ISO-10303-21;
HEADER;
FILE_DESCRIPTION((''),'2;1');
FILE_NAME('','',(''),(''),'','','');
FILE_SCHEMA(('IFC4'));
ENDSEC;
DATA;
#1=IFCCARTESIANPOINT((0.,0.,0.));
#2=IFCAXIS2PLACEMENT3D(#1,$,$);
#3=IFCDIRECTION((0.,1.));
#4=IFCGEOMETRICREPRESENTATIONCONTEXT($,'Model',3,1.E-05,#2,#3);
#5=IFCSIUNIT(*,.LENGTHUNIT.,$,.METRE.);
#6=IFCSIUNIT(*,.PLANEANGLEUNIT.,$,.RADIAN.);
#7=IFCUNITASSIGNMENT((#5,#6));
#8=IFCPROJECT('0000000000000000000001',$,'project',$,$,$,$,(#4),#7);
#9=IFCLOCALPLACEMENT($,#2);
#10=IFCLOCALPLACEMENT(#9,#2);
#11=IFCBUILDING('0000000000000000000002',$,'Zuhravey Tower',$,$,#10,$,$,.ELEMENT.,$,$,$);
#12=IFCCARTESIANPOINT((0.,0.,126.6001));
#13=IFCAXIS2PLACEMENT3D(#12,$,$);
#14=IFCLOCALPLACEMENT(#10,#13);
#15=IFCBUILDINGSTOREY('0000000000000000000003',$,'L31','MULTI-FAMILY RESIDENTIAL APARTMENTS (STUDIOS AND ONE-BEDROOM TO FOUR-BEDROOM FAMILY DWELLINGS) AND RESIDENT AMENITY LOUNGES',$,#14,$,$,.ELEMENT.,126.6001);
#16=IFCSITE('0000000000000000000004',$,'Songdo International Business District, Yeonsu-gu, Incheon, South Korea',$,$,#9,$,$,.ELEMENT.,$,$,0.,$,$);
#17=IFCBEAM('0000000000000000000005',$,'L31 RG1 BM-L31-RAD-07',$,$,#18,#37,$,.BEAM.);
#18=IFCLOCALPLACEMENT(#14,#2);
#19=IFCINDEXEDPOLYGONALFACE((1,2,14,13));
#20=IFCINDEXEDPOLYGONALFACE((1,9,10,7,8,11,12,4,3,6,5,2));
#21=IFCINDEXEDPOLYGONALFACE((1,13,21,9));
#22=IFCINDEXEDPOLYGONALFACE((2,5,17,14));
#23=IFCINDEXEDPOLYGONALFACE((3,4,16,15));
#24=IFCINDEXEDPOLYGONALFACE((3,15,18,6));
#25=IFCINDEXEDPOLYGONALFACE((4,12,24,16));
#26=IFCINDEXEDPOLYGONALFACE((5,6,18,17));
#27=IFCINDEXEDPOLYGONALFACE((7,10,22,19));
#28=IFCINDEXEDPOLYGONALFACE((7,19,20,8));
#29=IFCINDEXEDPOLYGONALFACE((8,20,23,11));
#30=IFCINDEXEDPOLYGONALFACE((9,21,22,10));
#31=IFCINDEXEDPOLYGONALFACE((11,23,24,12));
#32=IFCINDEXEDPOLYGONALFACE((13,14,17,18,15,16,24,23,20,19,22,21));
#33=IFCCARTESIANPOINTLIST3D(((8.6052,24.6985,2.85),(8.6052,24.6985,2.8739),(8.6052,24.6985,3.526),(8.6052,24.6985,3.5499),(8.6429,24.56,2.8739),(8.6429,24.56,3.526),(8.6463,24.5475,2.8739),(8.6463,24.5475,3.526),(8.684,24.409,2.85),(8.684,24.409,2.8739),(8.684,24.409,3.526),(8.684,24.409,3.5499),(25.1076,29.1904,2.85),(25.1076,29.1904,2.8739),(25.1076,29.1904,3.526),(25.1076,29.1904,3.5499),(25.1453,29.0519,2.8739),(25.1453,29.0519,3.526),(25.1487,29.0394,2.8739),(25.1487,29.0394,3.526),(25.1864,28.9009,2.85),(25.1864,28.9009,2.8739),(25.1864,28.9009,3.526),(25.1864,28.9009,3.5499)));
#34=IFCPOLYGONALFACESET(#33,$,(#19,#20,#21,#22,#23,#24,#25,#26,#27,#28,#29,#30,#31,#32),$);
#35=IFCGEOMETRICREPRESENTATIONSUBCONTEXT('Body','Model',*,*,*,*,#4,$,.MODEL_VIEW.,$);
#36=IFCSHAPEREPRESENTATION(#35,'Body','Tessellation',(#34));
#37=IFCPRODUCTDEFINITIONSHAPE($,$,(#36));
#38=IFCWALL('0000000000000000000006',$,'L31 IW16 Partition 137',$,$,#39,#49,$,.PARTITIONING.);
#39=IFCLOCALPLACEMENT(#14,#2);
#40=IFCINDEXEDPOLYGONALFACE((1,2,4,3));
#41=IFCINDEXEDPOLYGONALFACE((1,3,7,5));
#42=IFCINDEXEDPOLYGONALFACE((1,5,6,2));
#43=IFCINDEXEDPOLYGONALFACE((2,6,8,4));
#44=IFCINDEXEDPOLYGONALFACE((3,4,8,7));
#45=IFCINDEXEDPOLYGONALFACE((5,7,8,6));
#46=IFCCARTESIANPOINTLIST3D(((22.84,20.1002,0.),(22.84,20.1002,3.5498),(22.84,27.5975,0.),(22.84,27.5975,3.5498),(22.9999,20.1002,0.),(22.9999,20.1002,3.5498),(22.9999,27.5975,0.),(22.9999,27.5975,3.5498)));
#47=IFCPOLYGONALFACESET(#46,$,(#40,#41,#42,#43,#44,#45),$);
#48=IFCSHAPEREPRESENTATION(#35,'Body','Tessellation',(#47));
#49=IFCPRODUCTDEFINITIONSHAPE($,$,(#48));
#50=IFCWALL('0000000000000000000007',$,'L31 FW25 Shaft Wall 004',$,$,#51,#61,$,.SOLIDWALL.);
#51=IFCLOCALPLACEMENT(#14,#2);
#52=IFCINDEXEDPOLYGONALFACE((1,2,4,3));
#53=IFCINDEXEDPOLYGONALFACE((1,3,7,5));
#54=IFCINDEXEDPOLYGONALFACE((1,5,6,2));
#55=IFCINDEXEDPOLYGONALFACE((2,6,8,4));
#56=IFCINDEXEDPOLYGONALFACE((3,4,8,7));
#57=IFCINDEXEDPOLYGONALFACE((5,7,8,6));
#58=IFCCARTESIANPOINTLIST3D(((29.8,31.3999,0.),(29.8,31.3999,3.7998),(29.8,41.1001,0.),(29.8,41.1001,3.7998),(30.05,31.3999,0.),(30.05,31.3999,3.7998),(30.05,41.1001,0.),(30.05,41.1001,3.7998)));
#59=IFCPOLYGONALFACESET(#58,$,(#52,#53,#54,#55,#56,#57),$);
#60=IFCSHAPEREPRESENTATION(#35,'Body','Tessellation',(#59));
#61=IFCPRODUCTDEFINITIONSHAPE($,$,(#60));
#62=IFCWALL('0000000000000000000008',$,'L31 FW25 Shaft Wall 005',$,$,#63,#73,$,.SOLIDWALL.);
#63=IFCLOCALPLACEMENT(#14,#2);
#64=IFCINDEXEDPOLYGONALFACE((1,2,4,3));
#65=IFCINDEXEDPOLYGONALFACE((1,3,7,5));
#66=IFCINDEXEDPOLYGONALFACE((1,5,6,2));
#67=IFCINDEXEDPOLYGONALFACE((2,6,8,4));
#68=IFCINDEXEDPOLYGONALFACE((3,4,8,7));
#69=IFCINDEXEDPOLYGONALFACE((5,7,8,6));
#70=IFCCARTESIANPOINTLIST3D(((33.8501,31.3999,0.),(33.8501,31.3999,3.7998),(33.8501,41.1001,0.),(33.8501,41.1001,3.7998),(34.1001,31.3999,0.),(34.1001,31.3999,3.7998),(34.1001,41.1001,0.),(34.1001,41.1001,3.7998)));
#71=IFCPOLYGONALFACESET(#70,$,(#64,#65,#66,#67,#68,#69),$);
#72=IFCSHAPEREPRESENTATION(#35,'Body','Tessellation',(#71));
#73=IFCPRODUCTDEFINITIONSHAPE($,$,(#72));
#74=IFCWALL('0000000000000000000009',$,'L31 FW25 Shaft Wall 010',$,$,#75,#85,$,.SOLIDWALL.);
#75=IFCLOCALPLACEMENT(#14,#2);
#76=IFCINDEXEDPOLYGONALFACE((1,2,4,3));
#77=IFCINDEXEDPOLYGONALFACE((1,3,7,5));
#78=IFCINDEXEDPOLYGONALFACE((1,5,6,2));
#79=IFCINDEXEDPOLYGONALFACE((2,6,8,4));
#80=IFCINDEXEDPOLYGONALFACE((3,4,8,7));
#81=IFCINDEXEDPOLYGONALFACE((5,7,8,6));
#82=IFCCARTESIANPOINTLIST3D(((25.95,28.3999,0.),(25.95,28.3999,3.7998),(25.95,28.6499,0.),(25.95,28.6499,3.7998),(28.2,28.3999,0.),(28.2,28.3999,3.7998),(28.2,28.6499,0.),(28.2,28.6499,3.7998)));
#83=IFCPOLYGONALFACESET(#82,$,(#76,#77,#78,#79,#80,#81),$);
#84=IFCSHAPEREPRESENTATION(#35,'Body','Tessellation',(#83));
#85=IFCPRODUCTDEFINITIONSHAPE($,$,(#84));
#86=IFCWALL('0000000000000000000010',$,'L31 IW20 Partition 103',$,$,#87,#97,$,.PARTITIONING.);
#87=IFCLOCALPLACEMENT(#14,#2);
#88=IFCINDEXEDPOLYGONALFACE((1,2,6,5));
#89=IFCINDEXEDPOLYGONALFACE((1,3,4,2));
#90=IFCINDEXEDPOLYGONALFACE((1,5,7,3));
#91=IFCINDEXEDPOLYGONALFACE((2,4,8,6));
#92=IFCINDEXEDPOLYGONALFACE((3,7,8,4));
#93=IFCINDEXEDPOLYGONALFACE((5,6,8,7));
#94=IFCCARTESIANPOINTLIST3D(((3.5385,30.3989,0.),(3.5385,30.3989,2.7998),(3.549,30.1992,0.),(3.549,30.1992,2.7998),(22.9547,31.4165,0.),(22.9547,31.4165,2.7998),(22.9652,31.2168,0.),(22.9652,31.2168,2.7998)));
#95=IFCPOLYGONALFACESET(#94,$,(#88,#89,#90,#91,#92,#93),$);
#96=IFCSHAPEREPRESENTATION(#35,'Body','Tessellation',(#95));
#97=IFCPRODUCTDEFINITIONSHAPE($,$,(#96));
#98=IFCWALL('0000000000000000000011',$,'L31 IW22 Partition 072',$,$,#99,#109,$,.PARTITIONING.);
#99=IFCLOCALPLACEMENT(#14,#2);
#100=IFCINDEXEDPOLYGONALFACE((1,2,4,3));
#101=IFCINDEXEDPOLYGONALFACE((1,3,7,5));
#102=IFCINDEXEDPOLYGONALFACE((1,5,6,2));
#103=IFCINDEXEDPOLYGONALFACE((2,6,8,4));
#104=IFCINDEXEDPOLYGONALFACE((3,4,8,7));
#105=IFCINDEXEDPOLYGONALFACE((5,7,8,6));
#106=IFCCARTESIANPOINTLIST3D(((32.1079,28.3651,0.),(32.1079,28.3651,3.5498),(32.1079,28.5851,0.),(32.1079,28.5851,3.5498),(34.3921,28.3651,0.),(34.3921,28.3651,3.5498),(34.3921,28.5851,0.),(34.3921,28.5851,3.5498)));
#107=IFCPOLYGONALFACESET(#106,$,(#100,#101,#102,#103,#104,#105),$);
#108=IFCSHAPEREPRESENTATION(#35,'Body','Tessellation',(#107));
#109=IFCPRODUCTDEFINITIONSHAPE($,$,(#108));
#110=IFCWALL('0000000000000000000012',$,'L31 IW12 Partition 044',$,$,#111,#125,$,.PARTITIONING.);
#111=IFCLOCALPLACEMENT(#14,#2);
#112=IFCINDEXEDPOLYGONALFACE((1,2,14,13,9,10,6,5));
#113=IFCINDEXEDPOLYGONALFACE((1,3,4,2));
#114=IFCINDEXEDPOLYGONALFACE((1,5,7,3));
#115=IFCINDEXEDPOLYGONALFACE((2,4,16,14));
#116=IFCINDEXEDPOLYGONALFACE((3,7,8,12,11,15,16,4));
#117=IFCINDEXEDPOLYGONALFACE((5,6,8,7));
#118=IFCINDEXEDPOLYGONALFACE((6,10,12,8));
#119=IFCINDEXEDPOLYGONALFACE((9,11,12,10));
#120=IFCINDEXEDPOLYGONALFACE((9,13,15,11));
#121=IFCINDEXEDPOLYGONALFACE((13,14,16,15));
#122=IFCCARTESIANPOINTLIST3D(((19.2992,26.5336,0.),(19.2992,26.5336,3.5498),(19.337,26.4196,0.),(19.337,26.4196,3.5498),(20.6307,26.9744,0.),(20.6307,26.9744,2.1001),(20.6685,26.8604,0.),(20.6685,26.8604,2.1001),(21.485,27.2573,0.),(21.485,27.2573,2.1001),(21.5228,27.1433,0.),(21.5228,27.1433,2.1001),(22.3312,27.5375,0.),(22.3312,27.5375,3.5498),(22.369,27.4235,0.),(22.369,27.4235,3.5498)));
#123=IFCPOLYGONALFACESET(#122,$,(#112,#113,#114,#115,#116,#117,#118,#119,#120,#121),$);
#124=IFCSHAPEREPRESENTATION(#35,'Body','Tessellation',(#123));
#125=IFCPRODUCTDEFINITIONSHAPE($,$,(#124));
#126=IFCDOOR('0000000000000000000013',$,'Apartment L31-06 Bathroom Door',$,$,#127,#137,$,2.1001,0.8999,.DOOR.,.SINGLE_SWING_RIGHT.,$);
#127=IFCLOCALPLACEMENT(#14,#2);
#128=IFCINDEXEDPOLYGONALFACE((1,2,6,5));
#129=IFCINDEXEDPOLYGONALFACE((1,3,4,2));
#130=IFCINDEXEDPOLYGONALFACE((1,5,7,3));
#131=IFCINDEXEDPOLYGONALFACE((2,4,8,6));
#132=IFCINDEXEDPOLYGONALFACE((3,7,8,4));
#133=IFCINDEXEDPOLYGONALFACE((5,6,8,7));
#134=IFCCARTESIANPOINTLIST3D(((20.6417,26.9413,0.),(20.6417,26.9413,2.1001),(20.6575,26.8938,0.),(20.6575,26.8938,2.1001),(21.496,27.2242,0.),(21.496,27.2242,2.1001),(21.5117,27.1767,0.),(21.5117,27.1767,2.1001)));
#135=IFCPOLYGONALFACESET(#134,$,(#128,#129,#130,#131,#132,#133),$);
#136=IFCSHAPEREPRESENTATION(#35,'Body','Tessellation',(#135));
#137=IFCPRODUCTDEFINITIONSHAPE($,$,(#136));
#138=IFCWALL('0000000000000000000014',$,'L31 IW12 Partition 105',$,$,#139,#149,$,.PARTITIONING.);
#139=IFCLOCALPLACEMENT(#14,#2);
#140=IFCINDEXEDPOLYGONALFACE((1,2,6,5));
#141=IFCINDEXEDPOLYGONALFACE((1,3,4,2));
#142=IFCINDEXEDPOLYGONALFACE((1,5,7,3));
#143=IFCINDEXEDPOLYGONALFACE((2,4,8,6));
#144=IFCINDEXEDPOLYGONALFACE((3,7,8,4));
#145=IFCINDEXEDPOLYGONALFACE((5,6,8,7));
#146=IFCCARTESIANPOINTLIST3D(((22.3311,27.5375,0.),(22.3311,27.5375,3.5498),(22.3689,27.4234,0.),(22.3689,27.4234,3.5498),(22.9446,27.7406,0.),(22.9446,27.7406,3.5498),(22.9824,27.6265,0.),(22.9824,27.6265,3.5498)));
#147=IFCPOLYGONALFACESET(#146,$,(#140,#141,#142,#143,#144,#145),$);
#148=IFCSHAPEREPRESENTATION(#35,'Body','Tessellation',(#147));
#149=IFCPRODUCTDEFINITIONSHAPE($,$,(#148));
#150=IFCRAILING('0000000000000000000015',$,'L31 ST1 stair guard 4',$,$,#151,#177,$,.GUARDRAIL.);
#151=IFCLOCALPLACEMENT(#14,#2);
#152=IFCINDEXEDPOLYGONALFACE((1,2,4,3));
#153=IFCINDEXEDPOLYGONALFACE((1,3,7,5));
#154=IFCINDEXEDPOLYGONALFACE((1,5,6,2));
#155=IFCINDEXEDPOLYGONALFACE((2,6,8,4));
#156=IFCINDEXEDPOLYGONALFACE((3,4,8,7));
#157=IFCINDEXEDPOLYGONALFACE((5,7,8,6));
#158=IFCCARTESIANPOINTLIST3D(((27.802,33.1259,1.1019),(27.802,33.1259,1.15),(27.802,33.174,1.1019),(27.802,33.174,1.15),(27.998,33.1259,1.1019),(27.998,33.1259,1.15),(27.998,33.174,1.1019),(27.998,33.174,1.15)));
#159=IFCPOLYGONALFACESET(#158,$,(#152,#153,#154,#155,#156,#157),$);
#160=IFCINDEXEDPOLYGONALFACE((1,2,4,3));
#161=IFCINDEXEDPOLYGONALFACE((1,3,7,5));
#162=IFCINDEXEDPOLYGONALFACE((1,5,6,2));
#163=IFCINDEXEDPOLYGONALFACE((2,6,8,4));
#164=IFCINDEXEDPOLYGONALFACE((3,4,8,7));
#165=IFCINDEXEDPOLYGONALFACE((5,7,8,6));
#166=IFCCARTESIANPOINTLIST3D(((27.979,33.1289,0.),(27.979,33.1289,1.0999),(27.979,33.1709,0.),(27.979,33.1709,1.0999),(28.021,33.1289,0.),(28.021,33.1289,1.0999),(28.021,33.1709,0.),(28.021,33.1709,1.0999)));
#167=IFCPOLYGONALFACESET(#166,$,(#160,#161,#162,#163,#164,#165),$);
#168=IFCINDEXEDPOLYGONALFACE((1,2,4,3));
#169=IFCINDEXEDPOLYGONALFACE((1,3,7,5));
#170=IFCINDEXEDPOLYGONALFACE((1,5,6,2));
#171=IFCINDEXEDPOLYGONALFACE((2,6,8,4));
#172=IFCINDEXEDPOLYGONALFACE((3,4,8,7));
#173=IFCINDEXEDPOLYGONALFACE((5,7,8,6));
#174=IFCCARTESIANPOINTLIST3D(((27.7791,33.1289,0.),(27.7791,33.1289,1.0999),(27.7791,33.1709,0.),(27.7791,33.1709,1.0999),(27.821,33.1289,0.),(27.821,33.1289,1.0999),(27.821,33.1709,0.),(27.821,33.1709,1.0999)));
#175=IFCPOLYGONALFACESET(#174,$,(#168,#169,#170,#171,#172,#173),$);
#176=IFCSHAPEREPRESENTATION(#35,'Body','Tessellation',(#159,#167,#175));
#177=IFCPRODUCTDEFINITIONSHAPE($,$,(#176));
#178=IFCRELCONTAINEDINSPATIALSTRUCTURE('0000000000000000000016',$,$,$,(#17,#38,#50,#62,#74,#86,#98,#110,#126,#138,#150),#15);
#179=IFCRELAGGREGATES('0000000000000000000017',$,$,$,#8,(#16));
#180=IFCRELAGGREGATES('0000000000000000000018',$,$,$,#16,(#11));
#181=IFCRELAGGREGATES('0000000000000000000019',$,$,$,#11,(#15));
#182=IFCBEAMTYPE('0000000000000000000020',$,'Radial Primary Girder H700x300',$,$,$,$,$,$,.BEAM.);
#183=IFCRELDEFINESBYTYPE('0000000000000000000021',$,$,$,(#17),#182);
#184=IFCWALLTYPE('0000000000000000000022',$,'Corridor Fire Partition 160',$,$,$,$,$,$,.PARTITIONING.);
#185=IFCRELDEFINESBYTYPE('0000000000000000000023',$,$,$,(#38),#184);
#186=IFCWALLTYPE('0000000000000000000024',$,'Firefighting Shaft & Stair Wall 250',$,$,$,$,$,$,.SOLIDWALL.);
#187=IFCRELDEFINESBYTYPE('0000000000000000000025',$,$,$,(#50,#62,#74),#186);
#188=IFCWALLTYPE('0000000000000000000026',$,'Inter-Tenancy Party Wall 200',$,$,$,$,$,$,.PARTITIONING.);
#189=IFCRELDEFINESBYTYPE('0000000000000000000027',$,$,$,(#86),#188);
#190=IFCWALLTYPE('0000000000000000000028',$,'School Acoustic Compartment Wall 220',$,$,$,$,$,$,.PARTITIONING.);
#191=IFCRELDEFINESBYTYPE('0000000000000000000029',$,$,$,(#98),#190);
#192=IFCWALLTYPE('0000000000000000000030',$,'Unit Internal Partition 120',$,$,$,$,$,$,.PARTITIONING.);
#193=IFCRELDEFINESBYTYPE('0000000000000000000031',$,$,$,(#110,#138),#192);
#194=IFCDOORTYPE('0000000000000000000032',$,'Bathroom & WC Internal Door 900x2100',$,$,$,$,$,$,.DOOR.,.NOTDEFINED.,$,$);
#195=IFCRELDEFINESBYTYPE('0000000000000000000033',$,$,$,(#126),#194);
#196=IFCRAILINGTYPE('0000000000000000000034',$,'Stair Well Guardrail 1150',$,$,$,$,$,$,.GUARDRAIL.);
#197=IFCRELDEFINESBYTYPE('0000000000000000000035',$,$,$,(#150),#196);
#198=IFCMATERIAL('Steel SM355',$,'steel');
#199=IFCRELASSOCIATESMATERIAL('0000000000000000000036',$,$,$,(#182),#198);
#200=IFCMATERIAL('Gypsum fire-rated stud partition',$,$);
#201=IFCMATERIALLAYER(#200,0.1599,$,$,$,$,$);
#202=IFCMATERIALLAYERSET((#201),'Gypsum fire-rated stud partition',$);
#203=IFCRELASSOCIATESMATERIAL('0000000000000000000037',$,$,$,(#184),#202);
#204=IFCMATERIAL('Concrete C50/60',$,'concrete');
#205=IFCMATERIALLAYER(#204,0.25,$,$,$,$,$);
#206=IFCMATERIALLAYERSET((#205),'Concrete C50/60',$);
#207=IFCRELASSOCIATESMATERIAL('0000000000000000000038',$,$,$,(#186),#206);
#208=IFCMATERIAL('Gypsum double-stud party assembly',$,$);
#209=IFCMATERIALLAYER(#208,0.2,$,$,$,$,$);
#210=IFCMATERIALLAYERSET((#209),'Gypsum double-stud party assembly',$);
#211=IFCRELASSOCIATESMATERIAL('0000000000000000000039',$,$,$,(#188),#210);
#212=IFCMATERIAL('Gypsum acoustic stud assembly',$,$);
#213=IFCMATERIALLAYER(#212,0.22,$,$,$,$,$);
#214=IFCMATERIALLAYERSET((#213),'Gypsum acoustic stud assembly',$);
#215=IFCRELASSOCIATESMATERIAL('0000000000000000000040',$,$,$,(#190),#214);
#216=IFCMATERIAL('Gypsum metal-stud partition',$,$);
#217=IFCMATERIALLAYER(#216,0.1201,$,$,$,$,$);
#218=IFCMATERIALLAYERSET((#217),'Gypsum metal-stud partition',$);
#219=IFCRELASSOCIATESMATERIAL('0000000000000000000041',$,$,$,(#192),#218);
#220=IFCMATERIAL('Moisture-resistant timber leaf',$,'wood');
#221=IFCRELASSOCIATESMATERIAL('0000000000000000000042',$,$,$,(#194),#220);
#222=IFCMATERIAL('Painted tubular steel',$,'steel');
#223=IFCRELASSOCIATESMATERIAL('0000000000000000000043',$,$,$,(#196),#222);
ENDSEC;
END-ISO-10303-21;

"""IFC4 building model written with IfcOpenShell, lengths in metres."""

from ifc_helpers import new_model, si_unit, direction, frame, frame_2d, origin, origin_2d, place, context, subcontext, project, spatial, rectangle, i_section, extrude, material, layer, layer_set, material_profile, profile_set, type_object, element, fill, save


model = new_model("IFC4")

# Units and contexts
model_context = context("Model", 3, precision=1e-05, world=origin(), true_north=direction((0.0, 1.0)))
body_context = subcontext(model_context, "Body", "Model", "MODEL_VIEW")
ifc_project = project(units=[si_unit("LENGTHUNIT", "METRE"), si_unit("PLANEANGLEUNIT", "RADIAN")], contexts=[model_context])

# Site, building, storey
site_placement = place(None, origin())
site = spatial("IfcSite", under=ifc_project, at=site_placement, Name="Songdo International Business District, Yeonsu-gu, Incheon, South Korea", CompositionType="ELEMENT", RefElevation=0.0)
building_placement = place(site_placement, origin())
building = spatial("IfcBuilding", under=site, at=building_placement, Name="Zuhravey Tower", CompositionType="ELEMENT")
storey_placement = place(building_placement, frame((0.0, 0.0, 126.6001)))
storey = spatial("IfcBuildingStorey", under=building, at=storey_placement, Name="L31", Description="MULTI-FAMILY RESIDENTIAL APARTMENTS (STUDIOS AND ONE-BEDROOM TO FOUR-BEDROOM FAMILY DWELLINGS) AND RESIDENT AMENITY LOUNGES", CompositionType="ELEMENT", Elevation=126.6001)

# Beam
ifc_material_1 = material(Name="Steel SM355", Category="steel")
ifc_material_profile = material_profile(ifc_material_1, i_section(OverallWidth=0.3, OverallDepth=0.7, WebThickness=0.0129, FlangeThickness=0.0239, at=origin_2d()), Name="H-700x300x13x24")
ifc_profile_set = profile_set([ifc_material_profile], Name="Steel SM355")
beam_type = type_object("IfcBeamType", Name="Radial Primary Girder H700x300", PredefinedType="BEAM", material=ifc_profile_set)
beam_placement = place(storey_placement, frame((25.147, 29.0457, 3.2), z_axis=(-0.964893, -0.262643, 0.0), x_axis=(0.262643, -0.964893, 0.0)))
element("IfcBeam", 1, at=beam_placement, inside=storey, type_object=beam_type, Name="L31 RG1 BM-L31-RAD-07", PredefinedType="BEAM", context=body_context, shape_type="SweptSolid", body=[
    extrude(i_section(OverallWidth=0.3, OverallDepth=0.7, WebThickness=0.0129, FlangeThickness=0.0239, at=origin_2d()), origin(), (0.0, 0.0, 1.0), 17.1028),
])

# Shared definitions
ifc_material_2 = material(Name="Gypsum fire-rated stud partition")
ifc_layer_1 = layer(ifc_material_2, 0.1599)
ifc_layer_set_1 = layer_set([ifc_layer_1], Name="Gypsum fire-rated stud partition")
wall_type_1 = type_object("IfcWallType", Name="Corridor Fire Partition 160", PredefinedType="PARTITIONING", material=ifc_layer_set_1)

# Wall
wall_1_placement = place(storey_placement, frame((22.9199, 27.5974, 0.0), z_axis=(0.0, 0.0, 1.0), x_axis=(0.0, -1.0, 0.0)))
element("IfcWall", 2, at=wall_1_placement, inside=storey, type_object=wall_type_1, Name="L31 IW16 Partition 137", PredefinedType="PARTITIONING", context=body_context, shape_type="SweptSolid", body=[
    extrude(rectangle(XDim=7.4973, YDim=0.1599, at=frame_2d((3.7485, 0.0))), origin(), (0.0, 0.0, 1.0), 3.5498),
])

# Shared definitions
ifc_material_3 = material(Name="Concrete C50/60", Category="concrete")
ifc_layer_2 = layer(ifc_material_3, 0.25)
ifc_layer_set_2 = layer_set([ifc_layer_2], Name="Concrete C50/60")
wall_type_2 = type_object("IfcWallType", Name="Firefighting Shaft & Stair Wall 250", PredefinedType="SOLIDWALL", material=ifc_layer_set_2)

# Walls
for number, where, z_axis, x_axis, name in (
    (3, (29.925, 31.3999, 0.0), (0.0, 0.0, 1.0), (0.0, 1.0, 0.0), "L31 FW25 Shaft Wall 004"),
    (4, (33.9751, 31.3999, 0.0), (0.0, 0.0, 1.0), (0.0, 1.0, 0.0), "L31 FW25 Shaft Wall 005"),
):
    element("IfcWall", number, at=place(storey_placement, frame(where, z_axis=z_axis, x_axis=x_axis)), inside=storey, type_object=wall_type_2, Name=name, PredefinedType="SOLIDWALL", context=body_context, shape_type="SweptSolid", body=[
        extrude(rectangle(XDim=9.7002, YDim=0.25, at=frame_2d((4.8501, 0.0))), origin(), (0.0, 0.0, 1.0), 3.7998),
    ])
wall_2_placement = place(storey_placement, frame((25.95, 28.5249, 0.0), z_axis=(0.0, 0.0, 1.0), x_axis=(1.0, 0.0, 0.0)))
element("IfcWall", 5, at=wall_2_placement, inside=storey, type_object=wall_type_2, Name="L31 FW25 Shaft Wall 010", PredefinedType="SOLIDWALL", context=body_context, shape_type="SweptSolid", body=[
    extrude(rectangle(XDim=2.25, YDim=0.25, at=frame_2d((1.125, 0.0))), origin(), (0.0, 0.0, 1.0), 3.7998),
])
ifc_material_4 = material(Name="Gypsum double-stud party assembly")
ifc_layer_3 = layer(ifc_material_4, 0.2)
ifc_layer_set_3 = layer_set([ifc_layer_3], Name="Gypsum double-stud party assembly")
wall_type_3 = type_object("IfcWallType", Name="Inter-Tenancy Party Wall 200", PredefinedType="PARTITIONING", material=ifc_layer_set_3)
wall_3_placement = place(storey_placement, frame((22.96, 31.3167, 0.0), z_axis=(0.0, 0.0, 1.0), x_axis=(-0.998629, -0.052337, 0.0)))
element("IfcWall", 6, at=wall_3_placement, inside=storey, type_object=wall_type_3, Name="L31 IW20 Partition 103", PredefinedType="PARTITIONING", context=body_context, shape_type="SweptSolid", body=[
    extrude(rectangle(XDim=19.4429, YDim=0.2, at=frame_2d((9.7214, 0.0))), origin(), (0.0, 0.0, 1.0), 2.7998),
])
ifc_material_5 = material(Name="Gypsum acoustic stud assembly")
ifc_layer_4 = layer(ifc_material_5, 0.22)
ifc_layer_set_4 = layer_set([ifc_layer_4], Name="Gypsum acoustic stud assembly")
wall_type_4 = type_object("IfcWallType", Name="School Acoustic Compartment Wall 220", PredefinedType="PARTITIONING", material=ifc_layer_set_4)
wall_4_placement = place(storey_placement, frame((32.1079, 28.4751, 0.0), z_axis=(0.0, 0.0, 1.0), x_axis=(1.0, 0.0, 0.0)))
element("IfcWall", 7, at=wall_4_placement, inside=storey, type_object=wall_type_4, Name="L31 IW22 Partition 072", PredefinedType="PARTITIONING", context=body_context, shape_type="SweptSolid", body=[
    extrude(rectangle(XDim=2.2842, YDim=0.22, at=frame_2d((1.1421, 0.0))), origin(), (0.0, 0.0, 1.0), 3.5498),
])

# Wall, opening, door
ifc_material_6 = material(Name="Gypsum metal-stud partition")
ifc_layer_5 = layer(ifc_material_6, 0.1201)
ifc_layer_set_5 = layer_set([ifc_layer_5], Name="Gypsum metal-stud partition")
wall_type_5 = type_object("IfcWallType", Name="Unit Internal Partition 120", PredefinedType="PARTITIONING", material=ifc_layer_set_5)
wall_5_placement = place(storey_placement, frame((22.3501, 27.4805, 0.0), z_axis=(0.0, 0.0, 1.0), x_axis=(-0.949316, -0.314324, 0.0)))
wall_5 = element("IfcWall", 8, at=wall_5_placement, inside=storey, type_object=wall_type_5, Name="L31 IW12 Partition 044", PredefinedType="PARTITIONING", context=body_context, shape_type="SweptSolid", body=[
    extrude(rectangle(XDim=3.1938, YDim=0.1201, at=frame_2d((1.5969, 0.0))), origin(), (0.0, 0.0, 1.0), 3.5498),
])
opening_1_placement = place(wall_5_placement, frame((0.8914, 0.0, 0.0)))
opening_1 = element("IfcOpeningElement", 9, at=opening_1_placement, cuts=wall_5, PredefinedType="OPENING", context=body_context, shape_type="SweptSolid", body=[
    extrude(rectangle(XDim=0.8999, YDim=2.1001, at=frame_2d((0.45, 1.05))), frame((0.0, 0.072, 0.0), z_axis=(0.0, -1.0, 0.0), x_axis=(1.0, 0.0, 0.0)), (0.0, 0.0, 1.0), 0.144),
])
ifc_material_7 = material(Name="Moisture-resistant timber leaf", Category="wood")
door_type_1 = type_object("IfcDoorType", Name="Bathroom & WC Internal Door 900x2100", OperationType="NOTDEFINED", PredefinedType="DOOR", material=ifc_material_7)
door_1_placement = place(opening_1_placement, origin())
door_1 = element("IfcDoor", 10, at=door_1_placement, inside=storey, type_object=door_type_1, Name="Apartment L31-06 Bathroom Door", OperationType="SINGLE_SWING_RIGHT", OverallHeight=2.1001, OverallWidth=0.8999, PredefinedType="DOOR", context=body_context, shape_type="SweptSolid", body=[
    extrude(rectangle(XDim=0.8999, YDim=2.1001, at=frame_2d((0.45, 1.05))), frame((0.0, 0.0249, 0.0), z_axis=(0.0, -1.0, 0.0), x_axis=(1.0, 0.0, 0.0)), (0.0, 0.0, 1.0), 0.05),
])
fill(opening_1, door_1)

# Wall
wall_6_placement = place(storey_placement, frame((22.9636, 27.6836, 0.0), z_axis=(0.0, 0.0, 1.0), x_axis=(-0.949324, -0.314301, 0.0)))
element("IfcWall", 11, at=wall_6_placement, inside=storey, type_object=wall_type_5, Name="L31 IW12 Partition 105", PredefinedType="PARTITIONING", context=body_context, shape_type="SweptSolid", body=[
    extrude(rectangle(XDim=0.6462, YDim=0.1201, at=frame_2d((0.3232, 0.0))), origin(), (0.0, 0.0, 1.0), 3.5498),
])

# Railing
ifc_material_8 = material(Name="Painted tubular steel", Category="steel")
railing_type = type_object("IfcRailingType", Name="Stair Well Guardrail 1150", PredefinedType="GUARDRAIL", material=ifc_material_8)
railing_placement = place(storey_placement, frame((28.0, 33.1499, 0.0)))
element("IfcRailing", 12, at=railing_placement, inside=storey, type_object=railing_type, Name="L31 ST1 stair guard 4", PredefinedType="GUARDRAIL", context=body_context, shape_type="SweptSolid", body=[
    extrude(rectangle(XDim=0.0481, YDim=0.0481, at=origin_2d()), frame((-0.002, 0.0, 1.126), z_axis=(-1.0, 0.0, 0.0), x_axis=(0.0, -1.0, 0.0)), (0.0, 0.0, 1.0), 0.196),
    extrude(rectangle(XDim=0.042, YDim=0.042, at=origin_2d()), origin(), (0.0, 0.0, 1.0), 1.0999),
    extrude(rectangle(XDim=0.042, YDim=0.042, at=origin_2d()), frame((-0.2, 0.0, 0.0)), (0.0, 0.0, 1.0), 1.0999),
])

save(model, "model.ifc")
